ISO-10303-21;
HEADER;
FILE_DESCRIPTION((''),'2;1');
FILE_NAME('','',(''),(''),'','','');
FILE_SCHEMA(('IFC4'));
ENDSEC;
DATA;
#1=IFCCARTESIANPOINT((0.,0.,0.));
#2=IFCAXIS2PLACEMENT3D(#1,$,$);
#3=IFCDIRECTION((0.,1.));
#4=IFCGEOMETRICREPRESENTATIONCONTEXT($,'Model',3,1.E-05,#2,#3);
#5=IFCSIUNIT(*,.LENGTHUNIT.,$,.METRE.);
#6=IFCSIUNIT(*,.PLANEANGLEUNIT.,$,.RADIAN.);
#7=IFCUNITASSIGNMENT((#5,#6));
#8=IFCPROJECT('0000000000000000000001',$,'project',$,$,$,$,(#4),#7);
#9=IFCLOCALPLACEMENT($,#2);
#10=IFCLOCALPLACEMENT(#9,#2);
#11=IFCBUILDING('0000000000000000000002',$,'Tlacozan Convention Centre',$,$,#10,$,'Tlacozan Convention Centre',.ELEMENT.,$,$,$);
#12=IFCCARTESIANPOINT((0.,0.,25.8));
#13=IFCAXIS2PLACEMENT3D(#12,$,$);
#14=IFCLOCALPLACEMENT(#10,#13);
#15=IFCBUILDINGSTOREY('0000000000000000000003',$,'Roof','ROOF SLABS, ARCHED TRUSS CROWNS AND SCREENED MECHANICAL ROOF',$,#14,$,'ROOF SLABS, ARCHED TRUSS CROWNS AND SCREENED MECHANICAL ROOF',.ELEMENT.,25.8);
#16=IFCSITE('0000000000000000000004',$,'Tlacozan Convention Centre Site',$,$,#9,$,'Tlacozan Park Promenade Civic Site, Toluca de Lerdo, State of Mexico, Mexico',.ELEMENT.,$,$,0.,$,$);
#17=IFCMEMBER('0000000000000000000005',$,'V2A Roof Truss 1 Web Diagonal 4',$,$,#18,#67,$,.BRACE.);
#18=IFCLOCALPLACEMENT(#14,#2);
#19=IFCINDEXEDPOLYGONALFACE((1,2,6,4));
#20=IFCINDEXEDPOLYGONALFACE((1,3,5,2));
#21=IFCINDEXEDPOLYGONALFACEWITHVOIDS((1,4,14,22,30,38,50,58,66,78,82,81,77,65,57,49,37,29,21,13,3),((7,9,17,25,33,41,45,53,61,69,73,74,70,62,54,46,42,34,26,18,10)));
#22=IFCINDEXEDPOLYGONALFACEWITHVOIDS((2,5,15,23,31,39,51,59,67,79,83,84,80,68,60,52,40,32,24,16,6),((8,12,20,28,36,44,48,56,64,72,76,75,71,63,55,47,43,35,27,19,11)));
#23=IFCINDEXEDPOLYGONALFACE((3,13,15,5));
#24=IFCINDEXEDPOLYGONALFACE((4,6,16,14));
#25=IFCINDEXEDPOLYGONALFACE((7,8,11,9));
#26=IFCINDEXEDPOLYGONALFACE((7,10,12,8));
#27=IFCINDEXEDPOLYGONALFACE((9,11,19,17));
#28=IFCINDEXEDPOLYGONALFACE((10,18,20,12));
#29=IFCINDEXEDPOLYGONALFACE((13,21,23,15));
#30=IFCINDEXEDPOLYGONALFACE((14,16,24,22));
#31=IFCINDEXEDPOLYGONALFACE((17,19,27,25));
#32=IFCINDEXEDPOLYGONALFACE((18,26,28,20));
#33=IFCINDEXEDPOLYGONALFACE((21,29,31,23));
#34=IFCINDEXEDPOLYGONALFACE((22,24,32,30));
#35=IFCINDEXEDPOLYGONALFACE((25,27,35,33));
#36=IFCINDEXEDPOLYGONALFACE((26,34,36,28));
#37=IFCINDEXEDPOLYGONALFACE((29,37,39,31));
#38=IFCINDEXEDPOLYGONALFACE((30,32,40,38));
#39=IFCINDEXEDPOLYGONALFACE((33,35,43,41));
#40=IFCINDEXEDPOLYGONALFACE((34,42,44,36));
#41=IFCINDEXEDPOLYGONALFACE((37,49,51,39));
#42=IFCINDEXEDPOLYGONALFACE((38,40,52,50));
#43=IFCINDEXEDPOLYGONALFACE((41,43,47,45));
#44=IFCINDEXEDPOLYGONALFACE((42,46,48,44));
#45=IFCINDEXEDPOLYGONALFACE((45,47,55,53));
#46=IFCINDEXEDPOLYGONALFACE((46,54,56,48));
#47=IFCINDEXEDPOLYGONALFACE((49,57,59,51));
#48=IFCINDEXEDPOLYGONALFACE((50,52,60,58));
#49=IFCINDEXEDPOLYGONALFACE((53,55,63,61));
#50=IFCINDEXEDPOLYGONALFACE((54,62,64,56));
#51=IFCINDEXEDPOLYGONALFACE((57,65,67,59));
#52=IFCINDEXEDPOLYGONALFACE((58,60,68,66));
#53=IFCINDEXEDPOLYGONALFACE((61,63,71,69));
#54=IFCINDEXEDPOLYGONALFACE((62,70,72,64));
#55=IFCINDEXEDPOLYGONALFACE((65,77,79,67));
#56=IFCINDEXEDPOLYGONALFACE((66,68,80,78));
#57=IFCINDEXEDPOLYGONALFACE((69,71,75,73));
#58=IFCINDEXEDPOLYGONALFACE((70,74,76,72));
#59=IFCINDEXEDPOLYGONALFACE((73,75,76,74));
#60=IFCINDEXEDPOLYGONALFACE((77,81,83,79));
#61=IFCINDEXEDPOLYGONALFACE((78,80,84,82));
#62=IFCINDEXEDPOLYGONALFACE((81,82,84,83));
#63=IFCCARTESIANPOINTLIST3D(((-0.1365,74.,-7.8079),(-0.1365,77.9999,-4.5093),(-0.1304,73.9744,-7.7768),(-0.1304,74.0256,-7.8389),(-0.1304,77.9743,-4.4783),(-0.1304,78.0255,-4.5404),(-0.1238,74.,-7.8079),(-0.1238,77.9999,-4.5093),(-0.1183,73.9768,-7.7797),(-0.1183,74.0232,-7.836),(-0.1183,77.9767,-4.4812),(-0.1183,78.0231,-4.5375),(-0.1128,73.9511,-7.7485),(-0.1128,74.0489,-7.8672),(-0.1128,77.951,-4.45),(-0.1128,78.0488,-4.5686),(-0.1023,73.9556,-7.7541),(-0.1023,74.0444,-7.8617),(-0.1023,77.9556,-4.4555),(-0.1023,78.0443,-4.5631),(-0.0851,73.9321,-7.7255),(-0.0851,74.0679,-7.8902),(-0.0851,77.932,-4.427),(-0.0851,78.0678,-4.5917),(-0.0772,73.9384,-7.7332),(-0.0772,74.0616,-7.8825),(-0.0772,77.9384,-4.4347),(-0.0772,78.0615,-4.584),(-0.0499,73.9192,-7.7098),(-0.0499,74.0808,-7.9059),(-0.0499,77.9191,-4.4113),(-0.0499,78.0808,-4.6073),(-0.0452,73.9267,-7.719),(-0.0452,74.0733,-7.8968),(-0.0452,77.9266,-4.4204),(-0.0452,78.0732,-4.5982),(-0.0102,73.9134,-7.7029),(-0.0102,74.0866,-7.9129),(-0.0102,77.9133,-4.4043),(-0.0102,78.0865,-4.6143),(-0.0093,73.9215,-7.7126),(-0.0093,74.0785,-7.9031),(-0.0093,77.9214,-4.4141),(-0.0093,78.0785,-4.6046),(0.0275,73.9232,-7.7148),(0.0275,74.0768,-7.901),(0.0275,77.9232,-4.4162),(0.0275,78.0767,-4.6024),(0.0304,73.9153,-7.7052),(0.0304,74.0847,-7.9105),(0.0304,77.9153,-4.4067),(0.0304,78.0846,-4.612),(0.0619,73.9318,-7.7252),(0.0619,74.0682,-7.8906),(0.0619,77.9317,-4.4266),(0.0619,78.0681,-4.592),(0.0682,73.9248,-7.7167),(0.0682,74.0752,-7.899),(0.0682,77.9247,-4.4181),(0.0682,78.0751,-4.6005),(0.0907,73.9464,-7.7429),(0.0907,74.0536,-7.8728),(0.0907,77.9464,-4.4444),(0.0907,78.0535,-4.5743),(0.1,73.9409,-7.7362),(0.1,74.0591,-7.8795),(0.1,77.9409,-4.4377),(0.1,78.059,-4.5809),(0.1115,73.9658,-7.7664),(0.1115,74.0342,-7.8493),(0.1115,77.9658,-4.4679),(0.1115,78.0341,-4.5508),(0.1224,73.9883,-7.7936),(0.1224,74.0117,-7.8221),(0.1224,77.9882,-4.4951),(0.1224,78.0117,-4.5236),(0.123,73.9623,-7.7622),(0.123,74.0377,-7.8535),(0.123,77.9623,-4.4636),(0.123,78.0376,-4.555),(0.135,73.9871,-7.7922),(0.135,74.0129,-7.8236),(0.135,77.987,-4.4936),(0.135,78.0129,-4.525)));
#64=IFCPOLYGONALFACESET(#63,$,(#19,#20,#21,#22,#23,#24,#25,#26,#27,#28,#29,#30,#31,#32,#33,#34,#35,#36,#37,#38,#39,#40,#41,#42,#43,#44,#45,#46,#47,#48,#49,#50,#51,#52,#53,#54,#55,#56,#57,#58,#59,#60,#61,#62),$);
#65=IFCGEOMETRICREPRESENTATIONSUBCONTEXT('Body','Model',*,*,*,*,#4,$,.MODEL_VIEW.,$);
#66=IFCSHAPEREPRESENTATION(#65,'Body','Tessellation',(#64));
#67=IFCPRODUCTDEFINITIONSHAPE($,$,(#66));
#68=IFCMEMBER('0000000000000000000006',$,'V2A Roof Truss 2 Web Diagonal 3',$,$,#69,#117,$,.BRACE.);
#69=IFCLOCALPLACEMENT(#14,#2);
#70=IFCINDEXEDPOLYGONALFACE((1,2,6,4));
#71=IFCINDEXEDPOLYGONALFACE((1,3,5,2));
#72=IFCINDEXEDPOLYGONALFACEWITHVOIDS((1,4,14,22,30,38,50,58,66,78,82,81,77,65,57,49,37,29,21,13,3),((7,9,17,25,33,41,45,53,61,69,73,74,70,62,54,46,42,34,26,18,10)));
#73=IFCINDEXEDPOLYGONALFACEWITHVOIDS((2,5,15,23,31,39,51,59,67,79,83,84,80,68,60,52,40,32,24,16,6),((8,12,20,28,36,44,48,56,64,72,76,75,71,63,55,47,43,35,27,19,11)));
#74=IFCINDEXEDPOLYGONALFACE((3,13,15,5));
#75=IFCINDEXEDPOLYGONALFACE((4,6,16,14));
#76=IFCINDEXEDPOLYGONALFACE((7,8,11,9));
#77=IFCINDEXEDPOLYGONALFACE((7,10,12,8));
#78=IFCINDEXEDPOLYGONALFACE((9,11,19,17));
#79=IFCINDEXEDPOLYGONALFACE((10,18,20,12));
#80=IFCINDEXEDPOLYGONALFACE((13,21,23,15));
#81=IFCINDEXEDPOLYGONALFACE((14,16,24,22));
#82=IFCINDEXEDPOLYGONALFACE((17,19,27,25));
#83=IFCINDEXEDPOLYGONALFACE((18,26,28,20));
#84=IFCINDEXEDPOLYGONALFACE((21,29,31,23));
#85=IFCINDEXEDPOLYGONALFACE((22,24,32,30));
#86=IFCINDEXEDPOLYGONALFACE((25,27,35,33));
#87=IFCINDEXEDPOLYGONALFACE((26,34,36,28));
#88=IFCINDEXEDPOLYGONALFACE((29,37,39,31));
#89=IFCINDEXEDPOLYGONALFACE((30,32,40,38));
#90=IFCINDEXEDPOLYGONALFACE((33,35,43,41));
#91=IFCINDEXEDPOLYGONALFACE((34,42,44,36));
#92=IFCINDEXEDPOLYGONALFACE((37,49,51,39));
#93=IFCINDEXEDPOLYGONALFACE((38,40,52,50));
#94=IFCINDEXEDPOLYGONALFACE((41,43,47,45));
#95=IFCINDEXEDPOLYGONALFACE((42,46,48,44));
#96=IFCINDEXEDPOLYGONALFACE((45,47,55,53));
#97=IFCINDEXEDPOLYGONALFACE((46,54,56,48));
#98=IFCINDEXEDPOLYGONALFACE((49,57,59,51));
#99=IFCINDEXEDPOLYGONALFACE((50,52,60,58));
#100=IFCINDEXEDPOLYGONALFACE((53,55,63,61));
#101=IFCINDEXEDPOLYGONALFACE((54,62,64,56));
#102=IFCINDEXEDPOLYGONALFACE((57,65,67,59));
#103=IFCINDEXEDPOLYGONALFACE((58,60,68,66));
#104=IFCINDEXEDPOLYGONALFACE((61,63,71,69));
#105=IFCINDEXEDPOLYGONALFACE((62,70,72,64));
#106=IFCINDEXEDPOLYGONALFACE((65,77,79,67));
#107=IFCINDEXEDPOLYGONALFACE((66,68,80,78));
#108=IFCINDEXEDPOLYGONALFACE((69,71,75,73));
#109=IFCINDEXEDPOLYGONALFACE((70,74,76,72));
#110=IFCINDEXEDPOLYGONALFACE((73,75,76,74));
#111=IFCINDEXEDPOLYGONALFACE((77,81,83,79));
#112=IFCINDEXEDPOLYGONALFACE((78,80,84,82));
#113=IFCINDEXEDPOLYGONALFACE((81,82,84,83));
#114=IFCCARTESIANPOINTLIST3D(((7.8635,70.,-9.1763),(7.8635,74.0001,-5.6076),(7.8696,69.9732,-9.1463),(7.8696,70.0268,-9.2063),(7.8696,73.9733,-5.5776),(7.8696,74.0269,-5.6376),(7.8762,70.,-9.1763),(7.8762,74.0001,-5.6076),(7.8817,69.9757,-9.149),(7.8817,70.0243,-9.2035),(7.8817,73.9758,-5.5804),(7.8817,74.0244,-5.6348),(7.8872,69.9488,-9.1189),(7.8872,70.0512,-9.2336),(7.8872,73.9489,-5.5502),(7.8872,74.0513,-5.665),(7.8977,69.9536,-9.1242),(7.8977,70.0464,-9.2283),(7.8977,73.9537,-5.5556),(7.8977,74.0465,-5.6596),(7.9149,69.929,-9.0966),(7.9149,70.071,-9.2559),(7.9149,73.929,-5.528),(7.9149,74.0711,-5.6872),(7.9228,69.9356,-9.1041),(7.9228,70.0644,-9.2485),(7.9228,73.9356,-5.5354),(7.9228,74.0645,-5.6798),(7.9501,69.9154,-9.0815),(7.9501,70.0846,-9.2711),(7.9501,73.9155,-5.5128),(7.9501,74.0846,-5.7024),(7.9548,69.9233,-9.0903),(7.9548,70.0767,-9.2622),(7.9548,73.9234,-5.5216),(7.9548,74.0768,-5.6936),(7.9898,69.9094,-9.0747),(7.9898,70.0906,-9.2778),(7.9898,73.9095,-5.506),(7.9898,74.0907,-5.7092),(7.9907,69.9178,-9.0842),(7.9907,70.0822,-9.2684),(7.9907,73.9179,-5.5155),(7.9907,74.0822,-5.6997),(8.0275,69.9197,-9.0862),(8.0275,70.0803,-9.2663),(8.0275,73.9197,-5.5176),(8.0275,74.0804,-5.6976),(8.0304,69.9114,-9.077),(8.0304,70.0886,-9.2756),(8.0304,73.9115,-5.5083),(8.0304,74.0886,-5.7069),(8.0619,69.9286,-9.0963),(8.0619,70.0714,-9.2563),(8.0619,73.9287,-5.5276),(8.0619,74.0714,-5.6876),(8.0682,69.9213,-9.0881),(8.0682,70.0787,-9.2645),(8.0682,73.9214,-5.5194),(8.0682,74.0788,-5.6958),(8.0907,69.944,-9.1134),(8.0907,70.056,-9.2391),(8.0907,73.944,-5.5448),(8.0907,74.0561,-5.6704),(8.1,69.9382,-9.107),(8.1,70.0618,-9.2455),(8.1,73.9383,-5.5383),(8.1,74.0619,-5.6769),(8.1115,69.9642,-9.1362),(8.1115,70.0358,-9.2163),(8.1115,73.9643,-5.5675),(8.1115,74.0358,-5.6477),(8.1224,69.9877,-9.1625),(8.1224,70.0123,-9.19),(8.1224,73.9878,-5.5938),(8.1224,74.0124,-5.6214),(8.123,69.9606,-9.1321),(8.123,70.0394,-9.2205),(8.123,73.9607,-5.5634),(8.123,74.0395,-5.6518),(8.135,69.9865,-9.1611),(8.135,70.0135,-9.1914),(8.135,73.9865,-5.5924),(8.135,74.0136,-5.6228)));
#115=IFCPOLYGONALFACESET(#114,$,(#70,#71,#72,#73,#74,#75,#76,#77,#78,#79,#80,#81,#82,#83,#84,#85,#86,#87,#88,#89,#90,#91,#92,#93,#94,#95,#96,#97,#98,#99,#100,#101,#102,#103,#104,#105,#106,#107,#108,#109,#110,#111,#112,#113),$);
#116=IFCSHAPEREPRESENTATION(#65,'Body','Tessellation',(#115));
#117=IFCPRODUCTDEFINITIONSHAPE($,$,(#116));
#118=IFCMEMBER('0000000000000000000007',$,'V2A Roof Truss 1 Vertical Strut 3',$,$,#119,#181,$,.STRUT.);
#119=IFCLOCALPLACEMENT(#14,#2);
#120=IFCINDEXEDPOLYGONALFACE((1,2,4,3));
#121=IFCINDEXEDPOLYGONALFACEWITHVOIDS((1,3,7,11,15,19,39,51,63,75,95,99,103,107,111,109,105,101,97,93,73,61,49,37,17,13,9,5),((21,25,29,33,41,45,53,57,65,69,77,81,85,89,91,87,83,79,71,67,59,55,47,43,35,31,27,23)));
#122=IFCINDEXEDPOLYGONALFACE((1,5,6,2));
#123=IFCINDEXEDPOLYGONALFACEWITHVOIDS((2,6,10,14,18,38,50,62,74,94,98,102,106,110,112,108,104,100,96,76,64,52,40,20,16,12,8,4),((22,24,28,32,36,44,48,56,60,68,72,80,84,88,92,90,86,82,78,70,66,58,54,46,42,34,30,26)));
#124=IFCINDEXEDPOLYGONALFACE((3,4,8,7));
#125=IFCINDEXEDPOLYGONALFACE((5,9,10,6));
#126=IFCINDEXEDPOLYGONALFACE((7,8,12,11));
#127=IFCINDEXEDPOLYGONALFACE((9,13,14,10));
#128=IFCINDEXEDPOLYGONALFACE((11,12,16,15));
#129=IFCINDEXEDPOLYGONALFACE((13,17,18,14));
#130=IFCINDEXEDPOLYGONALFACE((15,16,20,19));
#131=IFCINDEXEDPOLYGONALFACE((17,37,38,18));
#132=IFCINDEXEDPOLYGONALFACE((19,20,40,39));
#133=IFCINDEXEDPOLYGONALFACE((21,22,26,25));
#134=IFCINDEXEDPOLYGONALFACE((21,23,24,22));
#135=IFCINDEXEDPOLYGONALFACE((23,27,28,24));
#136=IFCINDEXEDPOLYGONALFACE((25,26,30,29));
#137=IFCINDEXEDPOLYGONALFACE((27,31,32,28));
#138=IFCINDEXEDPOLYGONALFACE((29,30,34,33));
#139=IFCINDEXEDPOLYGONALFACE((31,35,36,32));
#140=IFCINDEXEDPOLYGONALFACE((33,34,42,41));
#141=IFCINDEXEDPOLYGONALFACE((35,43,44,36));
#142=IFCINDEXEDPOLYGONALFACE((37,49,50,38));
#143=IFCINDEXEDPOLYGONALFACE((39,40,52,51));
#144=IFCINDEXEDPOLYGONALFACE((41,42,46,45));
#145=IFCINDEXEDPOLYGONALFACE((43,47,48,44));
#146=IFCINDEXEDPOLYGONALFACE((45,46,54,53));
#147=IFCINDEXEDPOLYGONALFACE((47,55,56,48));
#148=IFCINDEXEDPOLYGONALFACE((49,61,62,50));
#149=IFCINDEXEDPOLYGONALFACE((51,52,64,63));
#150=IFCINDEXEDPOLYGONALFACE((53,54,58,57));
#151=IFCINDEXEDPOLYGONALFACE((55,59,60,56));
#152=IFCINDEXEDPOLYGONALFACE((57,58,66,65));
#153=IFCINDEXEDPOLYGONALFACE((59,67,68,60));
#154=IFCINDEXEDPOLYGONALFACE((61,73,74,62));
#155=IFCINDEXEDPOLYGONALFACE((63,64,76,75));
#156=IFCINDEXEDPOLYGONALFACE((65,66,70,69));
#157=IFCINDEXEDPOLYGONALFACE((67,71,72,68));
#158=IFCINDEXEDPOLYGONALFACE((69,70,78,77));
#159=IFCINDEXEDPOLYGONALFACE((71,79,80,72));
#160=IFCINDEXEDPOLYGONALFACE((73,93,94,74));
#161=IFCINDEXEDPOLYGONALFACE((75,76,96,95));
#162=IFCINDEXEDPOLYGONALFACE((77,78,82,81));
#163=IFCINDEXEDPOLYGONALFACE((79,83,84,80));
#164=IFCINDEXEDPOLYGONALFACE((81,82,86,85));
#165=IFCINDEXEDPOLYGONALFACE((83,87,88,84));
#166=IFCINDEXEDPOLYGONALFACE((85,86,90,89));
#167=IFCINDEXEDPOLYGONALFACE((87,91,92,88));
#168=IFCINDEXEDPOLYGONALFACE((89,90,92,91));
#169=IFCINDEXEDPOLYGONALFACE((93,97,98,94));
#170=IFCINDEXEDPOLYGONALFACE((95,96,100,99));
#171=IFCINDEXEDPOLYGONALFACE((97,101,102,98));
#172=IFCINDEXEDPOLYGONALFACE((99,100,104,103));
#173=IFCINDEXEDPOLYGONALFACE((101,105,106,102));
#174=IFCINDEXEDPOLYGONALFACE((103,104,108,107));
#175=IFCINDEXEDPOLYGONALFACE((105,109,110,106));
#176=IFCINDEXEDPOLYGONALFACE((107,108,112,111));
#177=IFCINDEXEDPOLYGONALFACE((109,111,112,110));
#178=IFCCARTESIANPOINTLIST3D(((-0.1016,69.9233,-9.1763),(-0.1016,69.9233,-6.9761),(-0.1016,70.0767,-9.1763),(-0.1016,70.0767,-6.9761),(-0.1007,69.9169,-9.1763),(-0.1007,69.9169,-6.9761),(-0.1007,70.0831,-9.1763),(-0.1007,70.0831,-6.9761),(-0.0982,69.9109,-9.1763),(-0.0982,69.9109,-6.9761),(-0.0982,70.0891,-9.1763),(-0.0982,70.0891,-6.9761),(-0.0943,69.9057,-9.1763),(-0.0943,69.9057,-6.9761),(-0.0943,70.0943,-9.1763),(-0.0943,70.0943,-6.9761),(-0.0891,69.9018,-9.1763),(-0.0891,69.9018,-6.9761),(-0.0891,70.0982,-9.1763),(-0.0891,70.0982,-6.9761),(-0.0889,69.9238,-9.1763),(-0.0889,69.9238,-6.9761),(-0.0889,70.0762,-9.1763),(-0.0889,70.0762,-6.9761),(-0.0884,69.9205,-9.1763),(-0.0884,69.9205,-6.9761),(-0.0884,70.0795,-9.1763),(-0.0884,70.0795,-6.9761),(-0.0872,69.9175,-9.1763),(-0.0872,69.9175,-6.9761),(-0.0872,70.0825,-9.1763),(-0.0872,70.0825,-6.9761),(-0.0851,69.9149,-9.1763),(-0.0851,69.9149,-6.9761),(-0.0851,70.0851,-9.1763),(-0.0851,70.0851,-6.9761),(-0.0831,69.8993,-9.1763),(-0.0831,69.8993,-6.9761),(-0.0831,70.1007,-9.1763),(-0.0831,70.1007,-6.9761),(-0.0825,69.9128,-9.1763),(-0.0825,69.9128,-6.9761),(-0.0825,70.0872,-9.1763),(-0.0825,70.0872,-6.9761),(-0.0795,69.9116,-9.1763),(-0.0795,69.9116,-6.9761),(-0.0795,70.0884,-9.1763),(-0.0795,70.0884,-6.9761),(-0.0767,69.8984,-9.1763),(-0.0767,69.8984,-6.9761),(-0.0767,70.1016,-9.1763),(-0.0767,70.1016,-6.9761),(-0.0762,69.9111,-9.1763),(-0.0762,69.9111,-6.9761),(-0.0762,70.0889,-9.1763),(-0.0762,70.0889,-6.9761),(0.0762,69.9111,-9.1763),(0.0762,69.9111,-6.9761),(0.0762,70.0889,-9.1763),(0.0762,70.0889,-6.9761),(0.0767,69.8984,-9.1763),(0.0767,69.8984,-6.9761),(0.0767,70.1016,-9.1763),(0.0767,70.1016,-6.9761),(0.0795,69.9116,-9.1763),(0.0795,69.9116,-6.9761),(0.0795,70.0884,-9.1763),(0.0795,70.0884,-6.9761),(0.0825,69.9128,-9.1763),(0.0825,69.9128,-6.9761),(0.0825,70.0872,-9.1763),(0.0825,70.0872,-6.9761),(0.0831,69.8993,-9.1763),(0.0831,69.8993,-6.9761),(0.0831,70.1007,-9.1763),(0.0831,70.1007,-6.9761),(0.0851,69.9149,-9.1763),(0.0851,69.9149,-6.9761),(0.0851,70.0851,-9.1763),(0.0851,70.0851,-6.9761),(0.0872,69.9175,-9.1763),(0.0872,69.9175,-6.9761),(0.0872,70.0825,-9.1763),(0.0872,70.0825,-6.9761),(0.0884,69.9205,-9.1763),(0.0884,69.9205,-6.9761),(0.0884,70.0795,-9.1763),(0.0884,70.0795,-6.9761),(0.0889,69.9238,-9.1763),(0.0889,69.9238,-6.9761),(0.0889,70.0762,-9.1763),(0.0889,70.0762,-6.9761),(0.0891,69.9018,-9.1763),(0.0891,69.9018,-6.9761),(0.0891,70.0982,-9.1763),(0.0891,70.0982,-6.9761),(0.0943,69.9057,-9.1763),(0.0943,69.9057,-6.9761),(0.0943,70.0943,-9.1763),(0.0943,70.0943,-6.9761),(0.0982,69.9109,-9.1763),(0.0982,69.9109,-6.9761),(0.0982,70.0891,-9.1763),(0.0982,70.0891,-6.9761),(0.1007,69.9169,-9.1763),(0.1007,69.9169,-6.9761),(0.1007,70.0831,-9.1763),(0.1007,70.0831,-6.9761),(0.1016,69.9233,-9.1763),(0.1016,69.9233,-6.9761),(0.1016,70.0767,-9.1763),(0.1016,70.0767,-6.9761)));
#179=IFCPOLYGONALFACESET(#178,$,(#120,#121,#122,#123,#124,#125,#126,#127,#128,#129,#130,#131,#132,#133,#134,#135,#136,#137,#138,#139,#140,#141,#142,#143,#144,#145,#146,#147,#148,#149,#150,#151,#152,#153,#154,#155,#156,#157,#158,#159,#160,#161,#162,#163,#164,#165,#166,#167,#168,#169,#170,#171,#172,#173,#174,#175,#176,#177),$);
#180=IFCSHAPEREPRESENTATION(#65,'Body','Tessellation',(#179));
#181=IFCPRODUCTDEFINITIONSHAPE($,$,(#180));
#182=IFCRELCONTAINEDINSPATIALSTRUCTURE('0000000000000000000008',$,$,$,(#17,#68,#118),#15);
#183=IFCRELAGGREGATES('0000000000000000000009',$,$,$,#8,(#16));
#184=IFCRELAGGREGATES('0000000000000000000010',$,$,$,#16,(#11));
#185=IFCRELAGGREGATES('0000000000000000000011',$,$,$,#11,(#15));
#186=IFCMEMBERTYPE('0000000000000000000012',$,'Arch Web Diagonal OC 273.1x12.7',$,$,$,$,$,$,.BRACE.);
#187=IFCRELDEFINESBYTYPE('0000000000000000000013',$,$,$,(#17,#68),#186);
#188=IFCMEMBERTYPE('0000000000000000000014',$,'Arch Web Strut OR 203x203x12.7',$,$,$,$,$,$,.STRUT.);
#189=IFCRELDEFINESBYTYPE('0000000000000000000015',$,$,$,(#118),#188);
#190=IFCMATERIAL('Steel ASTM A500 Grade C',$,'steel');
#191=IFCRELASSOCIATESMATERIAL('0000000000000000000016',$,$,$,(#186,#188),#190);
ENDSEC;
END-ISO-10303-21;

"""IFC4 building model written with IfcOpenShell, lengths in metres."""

from ifc_helpers import new_model, si_unit, direction, frame, origin, origin_2d, place, context, subcontext, project, spatial, hollow_rectangle, hollow_circle, extrude, material, material_profile, profile_set, type_object, element, save


model = new_model("IFC4")

# Units and contexts
model_context = context("Model", 3, precision=1e-05, world=origin(), true_north=direction((0.0, 1.0)))
body_context = subcontext(model_context, "Body", "Model", "MODEL_VIEW")
ifc_project = project(units=[si_unit("LENGTHUNIT", "METRE"), si_unit("PLANEANGLEUNIT", "RADIAN")], contexts=[model_context])

# Site, building, storey
site_placement = place(None, origin())
site = spatial("IfcSite", under=ifc_project, at=site_placement, Name="Tlacozan Convention Centre Site", LongName="Tlacozan Park Promenade Civic Site, Toluca de Lerdo, State of Mexico, Mexico", CompositionType="ELEMENT", RefElevation=0.0)
building_placement = place(site_placement, origin())
building = spatial("IfcBuilding", under=site, at=building_placement, Name="Tlacozan Convention Centre", LongName="Tlacozan Convention Centre", CompositionType="ELEMENT")
storey_placement = place(building_placement, frame((0.0, 0.0, 25.8)))
storey = spatial("IfcBuildingStorey", under=building, at=storey_placement, Name="Roof", Description="ROOF SLABS, ARCHED TRUSS CROWNS AND SCREENED MECHANICAL ROOF", LongName="ROOF SLABS, ARCHED TRUSS CROWNS AND SCREENED MECHANICAL ROOF", CompositionType="ELEMENT", Elevation=25.8)

# Members
ifc_material_1 = material(Name="Steel ASTM A500 Grade C", Category="steel")
ifc_material_profile_1 = material_profile(ifc_material_1, hollow_circle(Radius=0.1365, WallThickness=0.0127, at=origin_2d()), Name="OC 273.1x12.7")
ifc_profile_set_1 = profile_set([ifc_material_profile_1], Name="Steel ASTM A500 Grade C")
member_type_1 = type_object("IfcMemberType", Name="Arch Web Diagonal OC 273.1x12.7", PredefinedType="BRACE", material=ifc_profile_set_1)
member_1_placement = place(storey_placement, frame((0.0, 74.0, -7.8079), z_axis=(0.0, 0.771507, 0.63622), x_axis=(-1.0, 0.0, 0.0)))
element("IfcMember", 1, at=member_1_placement, inside=storey, type_object=member_type_1, Name="V2A Roof Truss 1 Web Diagonal 4", PredefinedType="BRACE", context=body_context, shape_type="SweptSolid", body=[
    extrude(hollow_circle(Radius=0.1365, WallThickness=0.0127, at=origin_2d()), origin(), (0.0, 0.0, 1.0), 5.1846),
])
member_2_placement = place(storey_placement, frame((8.0, 70.0, -9.1763), z_axis=(0.0, 0.746199, 0.665722), x_axis=(-1.0, 0.0, 0.0)))
element("IfcMember", 2, at=member_2_placement, inside=storey, type_object=member_type_1, Name="V2A Roof Truss 2 Web Diagonal 3", PredefinedType="BRACE", context=body_context, shape_type="SweptSolid", body=[
    extrude(hollow_circle(Radius=0.1365, WallThickness=0.0127, at=origin_2d()), origin(), (0.0, 0.0, 1.0), 5.3606),
])
ifc_material_profile_2 = material_profile(ifc_material_1, hollow_rectangle(XDim=0.2031, YDim=0.2031, WallThickness=0.0127, InnerFilletRadius=0.0127, OuterFilletRadius=0.0249, at=origin_2d()), Name="OR 203x203x12.7")
ifc_profile_set_2 = profile_set([ifc_material_profile_2], Name="Steel ASTM A500 Grade C")
member_type_2 = type_object("IfcMemberType", Name="Arch Web Strut OR 203x203x12.7", PredefinedType="STRUT", material=ifc_profile_set_2)
for number, where, z_axis, x_axis, name in (
    (3, (0.0, 70.0, -9.1763), (0.0, 0.0, 1.0), (1.0, 0.0, 0.0), "V2A Roof Truss 1 Vertical Strut 3"),
):
    element("IfcMember", number, at=place(storey_placement, frame(where, z_axis=z_axis, x_axis=x_axis)), inside=storey, type_object=member_type_2, Name=name, PredefinedType="STRUT", context=body_context, shape_type="SweptSolid", body=[
        extrude(hollow_rectangle(XDim=0.2031, YDim=0.2031, WallThickness=0.0127, InnerFilletRadius=0.0127, OuterFilletRadius=0.0249, at=origin_2d()), origin(), (0.0, 0.0, 1.0), 2.2002),
    ])

save(model, "model.ifc")
